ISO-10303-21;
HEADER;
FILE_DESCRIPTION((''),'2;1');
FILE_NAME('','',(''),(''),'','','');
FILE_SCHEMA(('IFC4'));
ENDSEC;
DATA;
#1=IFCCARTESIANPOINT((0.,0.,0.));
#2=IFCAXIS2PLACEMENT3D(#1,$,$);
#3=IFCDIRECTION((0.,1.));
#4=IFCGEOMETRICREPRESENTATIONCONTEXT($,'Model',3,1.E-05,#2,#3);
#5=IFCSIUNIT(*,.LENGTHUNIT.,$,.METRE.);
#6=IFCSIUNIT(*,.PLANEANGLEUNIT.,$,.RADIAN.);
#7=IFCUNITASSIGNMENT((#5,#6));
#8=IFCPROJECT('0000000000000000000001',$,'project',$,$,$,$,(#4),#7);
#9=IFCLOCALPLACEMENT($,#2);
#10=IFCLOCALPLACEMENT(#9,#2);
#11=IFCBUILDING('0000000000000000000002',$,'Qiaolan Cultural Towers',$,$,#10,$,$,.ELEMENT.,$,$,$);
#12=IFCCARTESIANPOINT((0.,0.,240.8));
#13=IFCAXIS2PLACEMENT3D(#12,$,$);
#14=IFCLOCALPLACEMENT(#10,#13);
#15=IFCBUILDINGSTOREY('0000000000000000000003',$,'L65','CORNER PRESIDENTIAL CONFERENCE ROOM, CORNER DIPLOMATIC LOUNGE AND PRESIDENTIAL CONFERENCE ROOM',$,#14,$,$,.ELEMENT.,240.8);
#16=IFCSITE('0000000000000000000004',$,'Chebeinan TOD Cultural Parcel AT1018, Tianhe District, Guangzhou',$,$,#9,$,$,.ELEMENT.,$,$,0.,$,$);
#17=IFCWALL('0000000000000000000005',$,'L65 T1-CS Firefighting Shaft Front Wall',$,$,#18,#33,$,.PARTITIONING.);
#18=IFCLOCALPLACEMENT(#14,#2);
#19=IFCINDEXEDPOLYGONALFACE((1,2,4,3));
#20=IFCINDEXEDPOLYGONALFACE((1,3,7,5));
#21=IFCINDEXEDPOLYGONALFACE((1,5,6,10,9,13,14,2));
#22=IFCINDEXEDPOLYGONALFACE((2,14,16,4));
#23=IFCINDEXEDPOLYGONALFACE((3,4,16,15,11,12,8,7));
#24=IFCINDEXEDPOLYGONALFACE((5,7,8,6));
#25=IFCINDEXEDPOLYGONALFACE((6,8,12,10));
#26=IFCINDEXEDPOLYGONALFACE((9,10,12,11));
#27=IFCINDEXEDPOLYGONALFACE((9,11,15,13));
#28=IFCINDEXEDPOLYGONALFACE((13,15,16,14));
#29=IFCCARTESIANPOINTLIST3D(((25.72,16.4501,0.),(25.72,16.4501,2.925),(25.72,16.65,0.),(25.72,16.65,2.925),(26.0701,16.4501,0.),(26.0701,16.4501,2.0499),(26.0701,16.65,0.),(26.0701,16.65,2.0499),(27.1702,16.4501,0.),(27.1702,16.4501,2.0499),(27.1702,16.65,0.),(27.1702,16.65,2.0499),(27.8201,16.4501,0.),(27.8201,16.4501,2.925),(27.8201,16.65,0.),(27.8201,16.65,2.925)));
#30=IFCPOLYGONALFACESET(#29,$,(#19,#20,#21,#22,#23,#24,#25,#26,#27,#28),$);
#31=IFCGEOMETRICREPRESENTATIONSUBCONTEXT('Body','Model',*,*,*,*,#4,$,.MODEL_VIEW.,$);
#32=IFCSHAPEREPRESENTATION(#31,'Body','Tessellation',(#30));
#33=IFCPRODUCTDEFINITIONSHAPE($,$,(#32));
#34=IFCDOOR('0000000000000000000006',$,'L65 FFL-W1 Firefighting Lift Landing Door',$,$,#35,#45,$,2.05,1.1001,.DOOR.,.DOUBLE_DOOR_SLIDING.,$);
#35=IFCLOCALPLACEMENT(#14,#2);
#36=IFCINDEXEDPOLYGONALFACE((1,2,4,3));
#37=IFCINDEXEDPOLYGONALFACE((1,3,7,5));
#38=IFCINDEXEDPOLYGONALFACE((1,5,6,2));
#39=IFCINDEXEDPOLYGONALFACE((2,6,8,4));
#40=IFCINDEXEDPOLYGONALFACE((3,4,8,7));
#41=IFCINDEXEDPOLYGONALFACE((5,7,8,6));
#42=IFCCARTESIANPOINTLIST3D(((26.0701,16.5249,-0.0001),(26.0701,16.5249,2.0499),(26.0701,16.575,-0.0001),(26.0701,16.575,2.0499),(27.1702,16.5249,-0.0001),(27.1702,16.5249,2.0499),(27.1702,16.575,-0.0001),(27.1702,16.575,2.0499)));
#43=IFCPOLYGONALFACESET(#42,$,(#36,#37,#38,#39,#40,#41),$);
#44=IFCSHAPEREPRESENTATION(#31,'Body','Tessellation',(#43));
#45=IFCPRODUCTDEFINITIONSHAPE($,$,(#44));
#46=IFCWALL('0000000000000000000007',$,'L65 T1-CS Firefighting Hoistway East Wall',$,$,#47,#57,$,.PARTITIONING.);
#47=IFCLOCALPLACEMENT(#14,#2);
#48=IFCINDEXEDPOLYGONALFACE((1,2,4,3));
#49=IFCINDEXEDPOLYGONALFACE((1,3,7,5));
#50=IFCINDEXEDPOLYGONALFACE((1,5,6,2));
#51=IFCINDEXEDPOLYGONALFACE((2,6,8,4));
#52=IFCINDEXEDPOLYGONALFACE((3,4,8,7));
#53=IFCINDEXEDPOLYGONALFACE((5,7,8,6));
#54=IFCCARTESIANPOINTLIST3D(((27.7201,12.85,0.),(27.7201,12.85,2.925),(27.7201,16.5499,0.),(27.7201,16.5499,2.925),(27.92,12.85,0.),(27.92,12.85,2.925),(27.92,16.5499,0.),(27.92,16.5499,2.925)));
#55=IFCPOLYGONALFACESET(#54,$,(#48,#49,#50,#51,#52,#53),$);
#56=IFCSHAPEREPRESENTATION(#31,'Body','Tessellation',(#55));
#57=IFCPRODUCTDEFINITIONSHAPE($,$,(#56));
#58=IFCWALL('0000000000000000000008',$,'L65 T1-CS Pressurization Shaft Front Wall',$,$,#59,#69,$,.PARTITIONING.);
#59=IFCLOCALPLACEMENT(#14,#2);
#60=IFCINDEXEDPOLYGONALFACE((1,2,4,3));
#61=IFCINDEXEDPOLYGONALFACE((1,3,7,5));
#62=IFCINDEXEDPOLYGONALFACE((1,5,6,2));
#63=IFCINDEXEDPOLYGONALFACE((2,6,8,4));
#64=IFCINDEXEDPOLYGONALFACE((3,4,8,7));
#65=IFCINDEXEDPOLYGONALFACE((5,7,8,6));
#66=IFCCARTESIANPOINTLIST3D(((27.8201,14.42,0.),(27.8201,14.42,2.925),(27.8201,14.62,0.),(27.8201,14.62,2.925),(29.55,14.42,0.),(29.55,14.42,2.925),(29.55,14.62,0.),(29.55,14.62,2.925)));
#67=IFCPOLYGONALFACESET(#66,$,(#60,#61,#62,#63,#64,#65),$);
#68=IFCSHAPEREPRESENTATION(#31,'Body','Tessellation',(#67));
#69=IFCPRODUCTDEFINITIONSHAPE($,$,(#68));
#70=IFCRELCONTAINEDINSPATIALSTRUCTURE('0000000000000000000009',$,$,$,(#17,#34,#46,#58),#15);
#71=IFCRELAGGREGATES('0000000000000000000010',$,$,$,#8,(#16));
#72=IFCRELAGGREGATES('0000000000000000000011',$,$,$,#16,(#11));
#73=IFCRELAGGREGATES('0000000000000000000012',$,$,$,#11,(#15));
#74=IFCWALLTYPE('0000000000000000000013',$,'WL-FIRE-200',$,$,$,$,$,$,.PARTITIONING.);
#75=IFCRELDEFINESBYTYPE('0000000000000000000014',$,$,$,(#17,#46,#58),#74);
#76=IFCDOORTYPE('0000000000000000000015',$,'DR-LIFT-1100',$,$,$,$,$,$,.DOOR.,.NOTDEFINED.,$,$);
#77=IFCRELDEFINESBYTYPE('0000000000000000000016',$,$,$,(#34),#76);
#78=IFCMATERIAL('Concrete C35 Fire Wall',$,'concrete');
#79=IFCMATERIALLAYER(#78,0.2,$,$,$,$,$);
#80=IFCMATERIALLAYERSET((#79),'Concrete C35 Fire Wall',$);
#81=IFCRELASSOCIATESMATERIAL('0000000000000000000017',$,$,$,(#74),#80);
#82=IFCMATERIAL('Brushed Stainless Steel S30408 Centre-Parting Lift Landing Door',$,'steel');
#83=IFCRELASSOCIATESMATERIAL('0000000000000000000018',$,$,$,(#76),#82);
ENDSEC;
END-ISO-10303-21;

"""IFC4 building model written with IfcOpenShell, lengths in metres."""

from ifc_helpers import new_model, si_unit, direction, frame, frame_2d, origin, place, context, subcontext, project, spatial, rectangle, extrude, material, layer, layer_set, type_object, element, fill, save


model = new_model("IFC4")

# Units and contexts
model_context = context("Model", 3, precision=1e-05, world=origin(), true_north=direction((0.0, 1.0)))
body_context = subcontext(model_context, "Body", "Model", "MODEL_VIEW")
ifc_project = project(units=[si_unit("LENGTHUNIT", "METRE"), si_unit("PLANEANGLEUNIT", "RADIAN")], contexts=[model_context])

# Site, building, storey
site_placement = place(None, origin())
site = spatial("IfcSite", under=ifc_project, at=site_placement, Name="Chebeinan TOD Cultural Parcel AT1018, Tianhe District, Guangzhou", CompositionType="ELEMENT", RefElevation=0.0)
building_placement = place(site_placement, origin())
building = spatial("IfcBuilding", under=site, at=building_placement, Name="Qiaolan Cultural Towers", CompositionType="ELEMENT")
storey_placement = place(building_placement, frame((0.0, 0.0, 240.8)))
storey = spatial("IfcBuildingStorey", under=building, at=storey_placement, Name="L65", Description="CORNER PRESIDENTIAL CONFERENCE ROOM, CORNER DIPLOMATIC LOUNGE AND PRESIDENTIAL CONFERENCE ROOM", CompositionType="ELEMENT", Elevation=240.8)

# Shared definitions
ifc_material_1 = material(Name="Concrete C35 Fire Wall", Category="concrete")
ifc_layer = layer(ifc_material_1, 0.2)
ifc_layer_set = layer_set([ifc_layer], Name="Concrete C35 Fire Wall")
wall_type = type_object("IfcWallType", Name="WL-FIRE-200", PredefinedType="PARTITIONING", material=ifc_layer_set)

# Wall, opening, door
wall_1_placement = place(storey_placement, frame((25.72, 16.55, 0.0), z_axis=(0.0, 0.0, 1.0), x_axis=(1.0, 0.0, 0.0)))
wall_1 = element("IfcWall", 1, at=wall_1_placement, inside=storey, type_object=wall_type, Name="L65 T1-CS Firefighting Shaft Front Wall", PredefinedType="PARTITIONING", context=body_context, shape_type="SweptSolid", body=[
    extrude(rectangle(XDim=2.1001, YDim=0.2, at=frame_2d((1.05, 0.0))), origin(), (0.0, 0.0, 1.0), 2.925),
])
opening_1_placement = place(wall_1_placement, frame((0.3501, 0.0, 0.0)))
opening_1 = element("IfcOpeningElement", 2, at=opening_1_placement, cuts=wall_1, PredefinedType="OPENING", context=body_context, shape_type="SweptSolid", body=[
    extrude(rectangle(XDim=1.1001, YDim=2.05, at=frame_2d((0.55, 1.0249))), frame((0.0, 0.1099, 0.0), z_axis=(0.0, -1.0, 0.0), x_axis=(1.0, 0.0, 0.0)), (0.0, 0.0, 1.0), 0.22),
])
ifc_material_2 = material(Name="Brushed Stainless Steel S30408 Centre-Parting Lift Landing Door", Category="steel")
door_type_1 = type_object("IfcDoorType", Name="DR-LIFT-1100", OperationType="NOTDEFINED", PredefinedType="DOOR", material=ifc_material_2)
door_1_placement = place(opening_1_placement, origin())
door_1 = element("IfcDoor", 3, at=door_1_placement, inside=storey, type_object=door_type_1, Name="L65 FFL-W1 Firefighting Lift Landing Door", OperationType="DOUBLE_DOOR_SLIDING", OverallHeight=2.05, OverallWidth=1.1001, PredefinedType="DOOR", context=body_context, shape_type="SweptSolid", body=[
    extrude(rectangle(XDim=1.1001, YDim=2.05, at=frame_2d((0.55, 1.0249))), frame((0.0, 0.0249, 0.0), z_axis=(0.0, -1.0, 0.0), x_axis=(1.0, 0.0, 0.0)), (0.0, 0.0, 1.0), 0.05),
])
fill(opening_1, door_1)

# Walls
wall_2_placement = place(storey_placement, frame((27.8201, 16.55, 0.0), z_axis=(0.0, 0.0, 1.0), x_axis=(0.0, -1.0, 0.0)))
element("IfcWall", 4, at=wall_2_placement, inside=storey, type_object=wall_type, Name="L65 T1-CS Firefighting Hoistway East Wall", PredefinedType="PARTITIONING", context=body_context, shape_type="SweptSolid", body=[
    extrude(rectangle(XDim=3.7, YDim=0.2, at=frame_2d((1.8501, 0.0))), origin(), (0.0, 0.0, 1.0), 2.925),
])
wall_3_placement = place(storey_placement, frame((27.8201, 14.52, 0.0), z_axis=(0.0, 0.0, 1.0), x_axis=(1.0, 0.0, 0.0)))
element("IfcWall", 5, at=wall_3_placement, inside=storey, type_object=wall_type, Name="L65 T1-CS Pressurization Shaft Front Wall", PredefinedType="PARTITIONING", context=body_context, shape_type="SweptSolid", body=[
    extrude(rectangle(XDim=1.73, YDim=0.2, at=frame_2d((0.865, 0.0))), origin(), (0.0, 0.0, 1.0), 2.925),
])

save(model, "model.ifc")
